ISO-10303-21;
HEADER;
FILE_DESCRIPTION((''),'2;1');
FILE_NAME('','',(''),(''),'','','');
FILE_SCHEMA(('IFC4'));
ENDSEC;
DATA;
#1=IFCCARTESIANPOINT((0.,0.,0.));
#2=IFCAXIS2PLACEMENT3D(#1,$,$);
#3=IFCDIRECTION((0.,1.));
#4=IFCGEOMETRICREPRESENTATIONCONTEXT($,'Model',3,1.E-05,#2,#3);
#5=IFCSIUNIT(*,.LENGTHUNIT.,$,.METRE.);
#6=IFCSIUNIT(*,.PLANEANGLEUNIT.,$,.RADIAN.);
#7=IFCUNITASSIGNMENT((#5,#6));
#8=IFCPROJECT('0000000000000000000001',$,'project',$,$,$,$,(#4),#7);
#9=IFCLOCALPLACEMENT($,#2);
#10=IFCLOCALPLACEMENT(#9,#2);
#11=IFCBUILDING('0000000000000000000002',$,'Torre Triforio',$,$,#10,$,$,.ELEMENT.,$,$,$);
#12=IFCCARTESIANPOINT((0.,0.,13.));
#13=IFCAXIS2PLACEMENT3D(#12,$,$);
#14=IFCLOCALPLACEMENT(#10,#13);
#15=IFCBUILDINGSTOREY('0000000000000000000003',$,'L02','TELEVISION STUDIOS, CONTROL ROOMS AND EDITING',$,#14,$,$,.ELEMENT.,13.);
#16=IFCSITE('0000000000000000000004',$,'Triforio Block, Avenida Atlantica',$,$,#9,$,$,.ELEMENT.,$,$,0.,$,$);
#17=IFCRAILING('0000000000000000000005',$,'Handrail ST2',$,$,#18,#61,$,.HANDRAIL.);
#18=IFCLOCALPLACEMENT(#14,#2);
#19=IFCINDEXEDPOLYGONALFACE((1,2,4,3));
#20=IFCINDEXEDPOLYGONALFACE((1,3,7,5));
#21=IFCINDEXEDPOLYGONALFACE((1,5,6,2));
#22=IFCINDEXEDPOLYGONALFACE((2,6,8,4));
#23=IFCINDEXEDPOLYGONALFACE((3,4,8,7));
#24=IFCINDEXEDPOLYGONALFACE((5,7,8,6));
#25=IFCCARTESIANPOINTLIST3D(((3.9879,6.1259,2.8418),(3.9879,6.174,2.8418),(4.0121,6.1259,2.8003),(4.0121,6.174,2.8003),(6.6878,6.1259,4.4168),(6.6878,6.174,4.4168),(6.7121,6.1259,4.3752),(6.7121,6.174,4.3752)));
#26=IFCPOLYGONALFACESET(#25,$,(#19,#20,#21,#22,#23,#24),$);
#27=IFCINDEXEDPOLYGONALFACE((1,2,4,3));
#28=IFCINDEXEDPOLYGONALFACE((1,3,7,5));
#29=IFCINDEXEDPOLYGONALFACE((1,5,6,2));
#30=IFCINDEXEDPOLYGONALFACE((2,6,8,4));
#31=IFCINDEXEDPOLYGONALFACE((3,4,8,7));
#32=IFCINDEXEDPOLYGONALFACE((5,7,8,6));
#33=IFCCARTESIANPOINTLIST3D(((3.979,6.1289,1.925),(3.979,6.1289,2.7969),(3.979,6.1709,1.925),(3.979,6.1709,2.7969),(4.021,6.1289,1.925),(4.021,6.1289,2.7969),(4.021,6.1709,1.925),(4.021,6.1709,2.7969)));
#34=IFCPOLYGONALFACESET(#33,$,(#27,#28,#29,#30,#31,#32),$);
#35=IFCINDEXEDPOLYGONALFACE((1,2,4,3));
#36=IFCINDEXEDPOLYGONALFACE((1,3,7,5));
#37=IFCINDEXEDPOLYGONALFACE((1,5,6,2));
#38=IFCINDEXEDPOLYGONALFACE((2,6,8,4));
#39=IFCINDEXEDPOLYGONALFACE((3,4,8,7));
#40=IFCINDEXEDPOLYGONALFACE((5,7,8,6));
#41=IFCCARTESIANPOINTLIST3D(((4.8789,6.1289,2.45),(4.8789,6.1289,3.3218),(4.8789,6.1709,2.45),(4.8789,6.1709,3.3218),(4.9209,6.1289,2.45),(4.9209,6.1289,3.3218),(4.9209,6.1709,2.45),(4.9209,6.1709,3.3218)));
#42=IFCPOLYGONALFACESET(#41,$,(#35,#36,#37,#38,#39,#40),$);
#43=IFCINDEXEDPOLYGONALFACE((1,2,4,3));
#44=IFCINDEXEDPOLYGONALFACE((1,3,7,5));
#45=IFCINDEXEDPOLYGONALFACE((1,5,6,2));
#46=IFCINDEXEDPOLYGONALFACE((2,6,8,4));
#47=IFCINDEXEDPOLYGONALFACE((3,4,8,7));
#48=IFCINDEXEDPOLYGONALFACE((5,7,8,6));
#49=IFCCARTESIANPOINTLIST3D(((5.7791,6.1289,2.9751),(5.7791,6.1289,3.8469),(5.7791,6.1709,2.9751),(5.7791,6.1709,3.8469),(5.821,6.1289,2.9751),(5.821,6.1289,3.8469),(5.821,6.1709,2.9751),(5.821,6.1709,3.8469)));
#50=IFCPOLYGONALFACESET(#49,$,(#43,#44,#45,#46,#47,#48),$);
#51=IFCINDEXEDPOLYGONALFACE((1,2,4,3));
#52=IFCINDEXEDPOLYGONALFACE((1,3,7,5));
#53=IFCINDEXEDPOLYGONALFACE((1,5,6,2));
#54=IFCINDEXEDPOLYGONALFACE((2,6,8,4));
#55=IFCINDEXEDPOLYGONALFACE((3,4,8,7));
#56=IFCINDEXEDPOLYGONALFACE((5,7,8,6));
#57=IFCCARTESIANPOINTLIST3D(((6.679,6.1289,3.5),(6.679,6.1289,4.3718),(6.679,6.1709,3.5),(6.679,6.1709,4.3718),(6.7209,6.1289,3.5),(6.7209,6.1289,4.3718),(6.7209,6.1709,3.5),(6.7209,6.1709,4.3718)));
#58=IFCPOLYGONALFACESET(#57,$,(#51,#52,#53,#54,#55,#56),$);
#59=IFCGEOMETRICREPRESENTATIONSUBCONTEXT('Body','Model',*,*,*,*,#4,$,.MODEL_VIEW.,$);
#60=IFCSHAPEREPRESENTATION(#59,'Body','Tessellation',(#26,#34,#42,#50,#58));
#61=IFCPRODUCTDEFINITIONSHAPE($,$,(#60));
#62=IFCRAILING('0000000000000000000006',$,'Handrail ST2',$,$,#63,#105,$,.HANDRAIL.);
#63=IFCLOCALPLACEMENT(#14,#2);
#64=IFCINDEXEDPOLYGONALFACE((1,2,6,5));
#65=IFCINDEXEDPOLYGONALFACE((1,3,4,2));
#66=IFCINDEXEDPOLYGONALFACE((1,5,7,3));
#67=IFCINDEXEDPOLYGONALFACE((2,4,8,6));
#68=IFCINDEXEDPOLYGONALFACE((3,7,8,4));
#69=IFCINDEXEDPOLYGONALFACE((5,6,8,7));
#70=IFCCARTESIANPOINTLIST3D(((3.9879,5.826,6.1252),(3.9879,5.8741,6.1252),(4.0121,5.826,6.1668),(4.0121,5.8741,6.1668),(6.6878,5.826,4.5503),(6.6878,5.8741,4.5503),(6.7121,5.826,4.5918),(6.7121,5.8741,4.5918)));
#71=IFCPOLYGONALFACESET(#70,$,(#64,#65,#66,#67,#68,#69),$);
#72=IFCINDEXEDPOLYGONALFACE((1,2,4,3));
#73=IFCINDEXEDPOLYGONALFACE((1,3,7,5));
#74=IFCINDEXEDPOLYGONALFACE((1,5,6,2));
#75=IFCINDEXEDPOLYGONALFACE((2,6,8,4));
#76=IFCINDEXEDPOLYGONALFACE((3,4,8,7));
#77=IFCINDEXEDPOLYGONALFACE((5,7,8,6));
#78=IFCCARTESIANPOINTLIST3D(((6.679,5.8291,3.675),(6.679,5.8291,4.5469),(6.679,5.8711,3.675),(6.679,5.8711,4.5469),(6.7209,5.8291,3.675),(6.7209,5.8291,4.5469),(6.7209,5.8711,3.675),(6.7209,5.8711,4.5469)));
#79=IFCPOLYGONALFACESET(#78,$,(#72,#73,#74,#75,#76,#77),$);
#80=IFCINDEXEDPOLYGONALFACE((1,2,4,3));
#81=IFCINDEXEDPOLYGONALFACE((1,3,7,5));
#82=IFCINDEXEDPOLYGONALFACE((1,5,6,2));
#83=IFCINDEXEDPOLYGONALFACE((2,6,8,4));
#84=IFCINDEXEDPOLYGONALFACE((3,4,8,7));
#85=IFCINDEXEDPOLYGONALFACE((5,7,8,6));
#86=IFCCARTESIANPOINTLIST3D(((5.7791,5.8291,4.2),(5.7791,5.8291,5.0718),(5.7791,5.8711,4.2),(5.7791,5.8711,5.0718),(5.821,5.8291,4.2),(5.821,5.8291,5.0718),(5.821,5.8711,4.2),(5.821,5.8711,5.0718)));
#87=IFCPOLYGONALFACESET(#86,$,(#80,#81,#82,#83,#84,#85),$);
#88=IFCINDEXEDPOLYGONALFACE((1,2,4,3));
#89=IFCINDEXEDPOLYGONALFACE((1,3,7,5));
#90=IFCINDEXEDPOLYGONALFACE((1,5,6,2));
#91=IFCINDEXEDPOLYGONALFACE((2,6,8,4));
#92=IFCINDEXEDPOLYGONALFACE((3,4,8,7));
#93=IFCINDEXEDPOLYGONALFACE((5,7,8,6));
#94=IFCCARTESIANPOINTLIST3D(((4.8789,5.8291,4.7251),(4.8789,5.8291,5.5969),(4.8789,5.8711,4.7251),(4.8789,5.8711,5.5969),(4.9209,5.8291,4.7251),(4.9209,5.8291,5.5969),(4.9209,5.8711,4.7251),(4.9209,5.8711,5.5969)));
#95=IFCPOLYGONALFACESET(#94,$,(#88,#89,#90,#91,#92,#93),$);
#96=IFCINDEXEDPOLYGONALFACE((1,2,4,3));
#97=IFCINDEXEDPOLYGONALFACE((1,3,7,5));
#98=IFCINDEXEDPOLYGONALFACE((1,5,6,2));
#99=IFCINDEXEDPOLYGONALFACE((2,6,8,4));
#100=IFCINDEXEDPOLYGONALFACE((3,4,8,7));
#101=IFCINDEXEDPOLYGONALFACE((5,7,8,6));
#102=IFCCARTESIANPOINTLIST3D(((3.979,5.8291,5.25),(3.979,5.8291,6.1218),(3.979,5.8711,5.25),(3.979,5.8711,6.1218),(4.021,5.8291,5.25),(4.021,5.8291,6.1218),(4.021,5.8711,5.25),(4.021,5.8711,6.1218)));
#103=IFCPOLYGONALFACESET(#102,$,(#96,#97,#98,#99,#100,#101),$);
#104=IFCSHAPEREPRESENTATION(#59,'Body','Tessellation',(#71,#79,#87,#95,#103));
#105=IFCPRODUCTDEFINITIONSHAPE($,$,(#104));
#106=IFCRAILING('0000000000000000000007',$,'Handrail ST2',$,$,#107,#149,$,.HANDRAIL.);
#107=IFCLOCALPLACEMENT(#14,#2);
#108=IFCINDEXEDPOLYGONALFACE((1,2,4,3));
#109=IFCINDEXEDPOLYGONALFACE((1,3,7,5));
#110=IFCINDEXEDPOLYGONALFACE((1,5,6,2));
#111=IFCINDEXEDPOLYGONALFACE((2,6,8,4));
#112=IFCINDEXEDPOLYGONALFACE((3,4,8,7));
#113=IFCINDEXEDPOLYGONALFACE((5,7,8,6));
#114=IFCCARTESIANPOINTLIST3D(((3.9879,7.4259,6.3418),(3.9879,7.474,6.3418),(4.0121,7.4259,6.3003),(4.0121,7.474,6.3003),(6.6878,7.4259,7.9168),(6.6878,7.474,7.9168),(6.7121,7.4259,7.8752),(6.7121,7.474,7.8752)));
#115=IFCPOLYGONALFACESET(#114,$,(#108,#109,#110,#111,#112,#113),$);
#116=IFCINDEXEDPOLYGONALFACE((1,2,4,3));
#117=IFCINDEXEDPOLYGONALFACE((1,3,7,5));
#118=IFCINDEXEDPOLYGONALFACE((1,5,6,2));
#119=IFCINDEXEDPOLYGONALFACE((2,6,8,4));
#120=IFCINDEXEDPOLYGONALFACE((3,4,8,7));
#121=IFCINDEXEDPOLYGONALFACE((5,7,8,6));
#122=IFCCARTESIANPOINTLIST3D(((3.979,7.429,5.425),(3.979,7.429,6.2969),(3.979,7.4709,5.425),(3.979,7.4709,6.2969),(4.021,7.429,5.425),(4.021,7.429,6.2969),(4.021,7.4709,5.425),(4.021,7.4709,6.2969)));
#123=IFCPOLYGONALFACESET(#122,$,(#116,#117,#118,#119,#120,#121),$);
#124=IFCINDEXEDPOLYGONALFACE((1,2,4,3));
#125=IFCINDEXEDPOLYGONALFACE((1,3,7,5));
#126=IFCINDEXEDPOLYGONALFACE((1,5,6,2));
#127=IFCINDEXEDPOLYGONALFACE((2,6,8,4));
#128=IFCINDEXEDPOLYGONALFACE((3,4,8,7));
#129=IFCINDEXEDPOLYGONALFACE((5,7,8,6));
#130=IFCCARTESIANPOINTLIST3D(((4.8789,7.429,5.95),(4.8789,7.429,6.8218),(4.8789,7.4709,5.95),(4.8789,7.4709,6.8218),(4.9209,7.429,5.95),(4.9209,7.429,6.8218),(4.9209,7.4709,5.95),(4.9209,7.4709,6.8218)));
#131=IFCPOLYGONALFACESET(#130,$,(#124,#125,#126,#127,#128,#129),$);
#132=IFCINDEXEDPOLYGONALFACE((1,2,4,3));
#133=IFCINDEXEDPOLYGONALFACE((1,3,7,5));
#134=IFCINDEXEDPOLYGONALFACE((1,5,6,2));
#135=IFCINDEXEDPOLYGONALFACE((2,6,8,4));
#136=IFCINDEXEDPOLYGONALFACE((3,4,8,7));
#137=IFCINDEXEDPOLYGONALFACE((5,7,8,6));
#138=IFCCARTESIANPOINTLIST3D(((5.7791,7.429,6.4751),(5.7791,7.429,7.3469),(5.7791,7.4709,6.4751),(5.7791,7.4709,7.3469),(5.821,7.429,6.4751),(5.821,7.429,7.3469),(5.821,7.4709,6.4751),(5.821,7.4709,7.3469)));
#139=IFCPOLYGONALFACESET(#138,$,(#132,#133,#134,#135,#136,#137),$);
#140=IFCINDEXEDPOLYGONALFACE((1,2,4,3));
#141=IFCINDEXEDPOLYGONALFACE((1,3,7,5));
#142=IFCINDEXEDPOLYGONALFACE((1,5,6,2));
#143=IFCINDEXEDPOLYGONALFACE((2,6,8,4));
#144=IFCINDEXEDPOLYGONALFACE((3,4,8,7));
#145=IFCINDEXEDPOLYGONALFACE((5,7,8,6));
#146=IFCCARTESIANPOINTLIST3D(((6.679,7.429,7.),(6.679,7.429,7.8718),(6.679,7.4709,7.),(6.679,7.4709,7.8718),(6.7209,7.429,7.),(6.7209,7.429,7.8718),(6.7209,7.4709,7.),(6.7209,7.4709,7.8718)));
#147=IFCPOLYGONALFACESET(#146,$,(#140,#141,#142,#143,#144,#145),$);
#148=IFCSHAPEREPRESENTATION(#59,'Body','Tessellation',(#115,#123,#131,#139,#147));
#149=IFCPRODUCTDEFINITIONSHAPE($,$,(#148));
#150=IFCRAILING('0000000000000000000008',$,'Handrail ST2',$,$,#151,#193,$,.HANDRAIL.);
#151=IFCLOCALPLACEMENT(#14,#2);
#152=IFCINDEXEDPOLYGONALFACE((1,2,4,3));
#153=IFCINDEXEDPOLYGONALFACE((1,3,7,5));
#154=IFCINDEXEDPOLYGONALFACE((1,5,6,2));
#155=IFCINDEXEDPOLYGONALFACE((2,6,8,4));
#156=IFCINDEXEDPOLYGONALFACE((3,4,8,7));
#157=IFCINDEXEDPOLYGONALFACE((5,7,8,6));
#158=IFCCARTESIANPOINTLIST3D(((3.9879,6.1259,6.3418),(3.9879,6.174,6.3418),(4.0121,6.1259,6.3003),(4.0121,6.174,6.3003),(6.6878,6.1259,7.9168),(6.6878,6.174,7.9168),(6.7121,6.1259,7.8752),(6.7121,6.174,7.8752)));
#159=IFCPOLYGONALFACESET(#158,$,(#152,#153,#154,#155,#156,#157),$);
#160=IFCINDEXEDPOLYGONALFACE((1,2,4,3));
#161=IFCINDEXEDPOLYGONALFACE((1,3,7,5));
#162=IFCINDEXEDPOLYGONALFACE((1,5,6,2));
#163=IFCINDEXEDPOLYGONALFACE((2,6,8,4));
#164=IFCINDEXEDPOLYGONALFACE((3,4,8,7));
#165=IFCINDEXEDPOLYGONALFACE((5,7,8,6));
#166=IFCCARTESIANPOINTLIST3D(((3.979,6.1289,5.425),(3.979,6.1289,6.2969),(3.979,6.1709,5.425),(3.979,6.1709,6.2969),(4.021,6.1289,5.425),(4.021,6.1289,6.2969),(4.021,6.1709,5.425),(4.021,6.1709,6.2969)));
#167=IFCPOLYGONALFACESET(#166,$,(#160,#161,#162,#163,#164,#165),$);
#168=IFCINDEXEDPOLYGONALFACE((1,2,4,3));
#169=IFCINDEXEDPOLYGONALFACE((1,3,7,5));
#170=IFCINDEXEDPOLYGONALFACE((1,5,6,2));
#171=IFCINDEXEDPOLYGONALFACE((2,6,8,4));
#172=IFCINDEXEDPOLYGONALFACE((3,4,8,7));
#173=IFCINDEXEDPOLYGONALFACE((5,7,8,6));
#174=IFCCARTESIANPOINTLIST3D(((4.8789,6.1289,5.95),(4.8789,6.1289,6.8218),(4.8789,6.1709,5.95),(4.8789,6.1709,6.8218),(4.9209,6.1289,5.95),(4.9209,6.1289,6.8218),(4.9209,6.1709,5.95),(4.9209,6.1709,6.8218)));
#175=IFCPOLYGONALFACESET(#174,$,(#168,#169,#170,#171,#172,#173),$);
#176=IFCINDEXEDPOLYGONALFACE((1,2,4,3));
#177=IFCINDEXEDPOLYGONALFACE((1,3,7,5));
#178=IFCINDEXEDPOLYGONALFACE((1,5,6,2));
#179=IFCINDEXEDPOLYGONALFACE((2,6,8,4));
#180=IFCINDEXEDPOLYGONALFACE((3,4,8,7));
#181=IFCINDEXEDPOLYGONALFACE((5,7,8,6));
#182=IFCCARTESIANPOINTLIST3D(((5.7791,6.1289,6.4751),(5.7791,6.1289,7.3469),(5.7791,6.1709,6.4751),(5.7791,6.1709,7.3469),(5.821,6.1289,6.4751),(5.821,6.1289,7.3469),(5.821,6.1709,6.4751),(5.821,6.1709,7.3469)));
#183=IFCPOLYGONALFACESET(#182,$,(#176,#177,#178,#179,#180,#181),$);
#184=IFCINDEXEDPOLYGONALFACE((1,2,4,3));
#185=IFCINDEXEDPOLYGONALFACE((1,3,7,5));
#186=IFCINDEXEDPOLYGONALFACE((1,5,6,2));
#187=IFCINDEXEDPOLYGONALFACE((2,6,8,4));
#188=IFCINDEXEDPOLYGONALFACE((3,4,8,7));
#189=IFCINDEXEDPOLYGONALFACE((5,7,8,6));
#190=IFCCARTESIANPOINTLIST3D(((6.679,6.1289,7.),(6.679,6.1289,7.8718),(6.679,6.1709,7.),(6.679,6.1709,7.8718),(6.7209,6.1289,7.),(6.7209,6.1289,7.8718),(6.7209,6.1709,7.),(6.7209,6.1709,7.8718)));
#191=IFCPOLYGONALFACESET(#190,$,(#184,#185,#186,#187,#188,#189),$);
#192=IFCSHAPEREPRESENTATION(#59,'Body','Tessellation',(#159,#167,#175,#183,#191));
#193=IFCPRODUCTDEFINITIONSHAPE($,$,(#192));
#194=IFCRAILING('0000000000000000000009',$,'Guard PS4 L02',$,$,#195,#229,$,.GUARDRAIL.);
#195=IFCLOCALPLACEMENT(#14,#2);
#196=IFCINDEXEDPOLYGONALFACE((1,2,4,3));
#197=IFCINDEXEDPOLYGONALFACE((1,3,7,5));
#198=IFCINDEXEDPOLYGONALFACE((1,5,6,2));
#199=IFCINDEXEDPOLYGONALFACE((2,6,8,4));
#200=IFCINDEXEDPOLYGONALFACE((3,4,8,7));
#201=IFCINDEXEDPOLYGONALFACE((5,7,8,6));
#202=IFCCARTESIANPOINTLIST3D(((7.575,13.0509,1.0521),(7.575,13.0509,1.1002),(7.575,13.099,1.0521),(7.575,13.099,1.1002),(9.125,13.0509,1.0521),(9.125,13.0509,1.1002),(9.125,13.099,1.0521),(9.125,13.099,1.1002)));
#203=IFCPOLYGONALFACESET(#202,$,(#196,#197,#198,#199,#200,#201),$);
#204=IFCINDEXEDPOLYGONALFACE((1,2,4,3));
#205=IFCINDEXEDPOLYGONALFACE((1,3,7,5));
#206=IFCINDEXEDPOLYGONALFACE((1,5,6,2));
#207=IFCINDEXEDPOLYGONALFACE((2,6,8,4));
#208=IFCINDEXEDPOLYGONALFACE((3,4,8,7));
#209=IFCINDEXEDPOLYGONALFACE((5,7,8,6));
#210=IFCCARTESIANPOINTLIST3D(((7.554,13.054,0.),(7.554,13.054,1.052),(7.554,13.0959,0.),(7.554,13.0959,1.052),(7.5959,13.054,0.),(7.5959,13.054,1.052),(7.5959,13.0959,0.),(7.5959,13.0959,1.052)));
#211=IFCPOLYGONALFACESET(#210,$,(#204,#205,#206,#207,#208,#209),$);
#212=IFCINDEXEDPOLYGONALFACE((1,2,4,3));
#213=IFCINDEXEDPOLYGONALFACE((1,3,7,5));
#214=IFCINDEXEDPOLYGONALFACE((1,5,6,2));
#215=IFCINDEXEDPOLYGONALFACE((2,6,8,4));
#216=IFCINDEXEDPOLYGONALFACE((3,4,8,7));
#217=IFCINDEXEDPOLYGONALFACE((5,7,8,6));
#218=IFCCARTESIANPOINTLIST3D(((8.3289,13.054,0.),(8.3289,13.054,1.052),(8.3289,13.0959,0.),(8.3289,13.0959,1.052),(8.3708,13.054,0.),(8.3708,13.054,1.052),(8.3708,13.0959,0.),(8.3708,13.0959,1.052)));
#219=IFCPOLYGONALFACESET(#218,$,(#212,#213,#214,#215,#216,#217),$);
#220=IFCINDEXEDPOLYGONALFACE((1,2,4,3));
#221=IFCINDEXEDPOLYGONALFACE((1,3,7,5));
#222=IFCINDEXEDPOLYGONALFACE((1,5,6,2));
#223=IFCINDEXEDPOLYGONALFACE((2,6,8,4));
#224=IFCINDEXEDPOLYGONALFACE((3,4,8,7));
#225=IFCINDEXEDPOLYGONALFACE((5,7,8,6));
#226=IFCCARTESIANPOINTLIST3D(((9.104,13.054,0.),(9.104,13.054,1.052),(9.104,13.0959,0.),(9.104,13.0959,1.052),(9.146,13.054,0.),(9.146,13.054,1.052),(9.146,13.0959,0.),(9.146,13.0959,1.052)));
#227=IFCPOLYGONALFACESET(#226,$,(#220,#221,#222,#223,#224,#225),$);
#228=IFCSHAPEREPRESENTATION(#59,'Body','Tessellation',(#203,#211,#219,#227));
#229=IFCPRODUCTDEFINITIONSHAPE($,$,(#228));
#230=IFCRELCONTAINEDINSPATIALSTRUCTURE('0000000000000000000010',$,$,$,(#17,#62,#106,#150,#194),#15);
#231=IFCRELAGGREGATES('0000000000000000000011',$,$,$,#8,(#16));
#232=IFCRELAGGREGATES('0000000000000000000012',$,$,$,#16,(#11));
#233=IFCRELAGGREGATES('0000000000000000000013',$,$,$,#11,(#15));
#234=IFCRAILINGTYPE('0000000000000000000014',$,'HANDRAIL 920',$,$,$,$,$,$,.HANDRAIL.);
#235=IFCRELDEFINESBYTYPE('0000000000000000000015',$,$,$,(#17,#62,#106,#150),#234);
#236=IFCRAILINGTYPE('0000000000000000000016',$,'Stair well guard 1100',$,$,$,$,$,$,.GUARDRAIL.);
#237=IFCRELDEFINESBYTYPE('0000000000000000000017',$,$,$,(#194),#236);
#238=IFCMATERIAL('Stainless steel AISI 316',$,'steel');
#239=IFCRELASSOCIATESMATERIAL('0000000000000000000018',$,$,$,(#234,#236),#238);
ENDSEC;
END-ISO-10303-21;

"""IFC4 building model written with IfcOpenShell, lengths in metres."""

from ifc_helpers import new_model, si_unit, direction, frame, origin, origin_2d, place, context, subcontext, project, spatial, rectangle, extrude, material, type_object, element, save


model = new_model("IFC4")

# Units and contexts
model_context = context("Model", 3, precision=1e-05, world=origin(), true_north=direction((0.0, 1.0)))
body_context = subcontext(model_context, "Body", "Model", "MODEL_VIEW")
ifc_project = project(units=[si_unit("LENGTHUNIT", "METRE"), si_unit("PLANEANGLEUNIT", "RADIAN")], contexts=[model_context])

# Site, building, storey
site_placement = place(None, origin())
site = spatial("IfcSite", under=ifc_project, at=site_placement, Name="Triforio Block, Avenida Atlantica", CompositionType="ELEMENT", RefElevation=0.0)
building_placement = place(site_placement, origin())
building = spatial("IfcBuilding", under=site, at=building_placement, Name="Torre Triforio", CompositionType="ELEMENT")
storey_placement = place(building_placement, frame((0.0, 0.0, 13.0)))
storey = spatial("IfcBuildingStorey", under=building, at=storey_placement, Name="L02", Description="TELEVISION STUDIOS, CONTROL ROOMS AND EDITING", CompositionType="ELEMENT", Elevation=13.0)

# Railings
ifc_material_1 = material(Name="Stainless steel AISI 316", Category="steel")
railing_type_1 = type_object("IfcRailingType", Name="HANDRAIL 920", PredefinedType="HANDRAIL", material=ifc_material_1)
for number, where, name in (
    (1, (4.0, 6.1499, 1.925), "Handrail ST2"),
):
    element("IfcRailing", number, at=place(storey_placement, frame(where)), inside=storey, type_object=railing_type_1, Name=name, PredefinedType="HANDRAIL", context=body_context, shape_type="SweptSolid", body=[
        extrude(rectangle(XDim=0.0481, YDim=0.0481, at=origin_2d()), frame((0.0, 0.0, 0.896), z_axis=(0.863782, 0.0, 0.503866), x_axis=(0.0, 1.0, 0.0)), (0.0, 0.0, 1.0), 3.1257),
        extrude(rectangle(XDim=0.042, YDim=0.042, at=origin_2d()), origin(), (0.0, 0.0, 1.0), 0.8718),
        extrude(rectangle(XDim=0.042, YDim=0.042, at=origin_2d()), frame((0.8999, 0.0, 0.5249)), (0.0, 0.0, 1.0), 0.8718),
        extrude(rectangle(XDim=0.042, YDim=0.042, at=origin_2d()), frame((1.8, 0.0, 1.05)), (0.0, 0.0, 1.0), 0.8718),
        extrude(rectangle(XDim=0.042, YDim=0.042, at=origin_2d()), frame((2.7, 0.0, 1.575)), (0.0, 0.0, 1.0), 0.8718),
    ])
railing_1_placement = place(storey_placement, frame((6.7, 5.8501, 3.675)))
element("IfcRailing", 2, at=railing_1_placement, inside=storey, type_object=railing_type_1, Name="Handrail ST2", PredefinedType="HANDRAIL", context=body_context, shape_type="SweptSolid", body=[
    extrude(rectangle(XDim=0.0481, YDim=0.0481, at=origin_2d()), frame((0.0, 0.0, 0.896), z_axis=(-0.863782, 0.0, 0.503866), x_axis=(0.0, -1.0, 0.0)), (0.0, 0.0, 1.0), 3.1257),
    extrude(rectangle(XDim=0.042, YDim=0.042, at=origin_2d()), origin(), (0.0, 0.0, 1.0), 0.8718),
    extrude(rectangle(XDim=0.042, YDim=0.042, at=origin_2d()), frame((-0.8999, 0.0, 0.5249)), (0.0, 0.0, 1.0), 0.8718),
    extrude(rectangle(XDim=0.042, YDim=0.042, at=origin_2d()), frame((-1.8, 0.0, 1.05)), (0.0, 0.0, 1.0), 0.8718),
    extrude(rectangle(XDim=0.042, YDim=0.042, at=origin_2d()), frame((-2.7, 0.0, 1.575)), (0.0, 0.0, 1.0), 0.8718),
])
for number, where, name in (
    (3, (4.0, 7.45, 5.425), "Handrail ST2"),
    (4, (4.0, 6.1499, 5.425), "Handrail ST2"),
):
    element("IfcRailing", number, at=place(storey_placement, frame(where)), inside=storey, type_object=railing_type_1, Name=name, PredefinedType="HANDRAIL", context=body_context, shape_type="SweptSolid", body=[
        extrude(rectangle(XDim=0.0481, YDim=0.0481, at=origin_2d()), frame((0.0, 0.0, 0.896), z_axis=(0.863782, 0.0, 0.503866), x_axis=(0.0, 1.0, 0.0)), (0.0, 0.0, 1.0), 3.1257),
        extrude(rectangle(XDim=0.042, YDim=0.042, at=origin_2d()), origin(), (0.0, 0.0, 1.0), 0.8718),
        extrude(rectangle(XDim=0.042, YDim=0.042, at=origin_2d()), frame((0.8999, 0.0, 0.5249)), (0.0, 0.0, 1.0), 0.8718),
        extrude(rectangle(XDim=0.042, YDim=0.042, at=origin_2d()), frame((1.8, 0.0, 1.05)), (0.0, 0.0, 1.0), 0.8718),
        extrude(rectangle(XDim=0.042, YDim=0.042, at=origin_2d()), frame((2.7, 0.0, 1.575)), (0.0, 0.0, 1.0), 0.8718),
    ])
railing_type_2 = type_object("IfcRailingType", Name="Stair well guard 1100", PredefinedType="GUARDRAIL", material=ifc_material_1)
railing_2_placement = place(storey_placement, frame((7.575, 13.075, 0.0)))
element("IfcRailing", 5, at=railing_2_placement, inside=storey, type_object=railing_type_2, Name="Guard PS4 L02", PredefinedType="GUARDRAIL", context=body_context, shape_type="SweptSolid", body=[
    extrude(rectangle(XDim=0.0481, YDim=0.0481, at=origin_2d()), frame((0.0, 0.0, 1.0762), z_axis=(1.0, 0.0, 0.0), x_axis=(0.0, 1.0, 0.0)), (0.0, 0.0, 1.0), 1.55),
    extrude(rectangle(XDim=0.042, YDim=0.042, at=origin_2d()), origin(), (0.0, 0.0, 1.0), 1.052),
    extrude(rectangle(XDim=0.042, YDim=0.042, at=origin_2d()), frame((0.7749, 0.0, 0.0)), (0.0, 0.0, 1.0), 1.052),
    extrude(rectangle(XDim=0.042, YDim=0.042, at=origin_2d()), frame((1.55, 0.0, 0.0)), (0.0, 0.0, 1.0), 1.052),
])

save(model, "model.ifc")
